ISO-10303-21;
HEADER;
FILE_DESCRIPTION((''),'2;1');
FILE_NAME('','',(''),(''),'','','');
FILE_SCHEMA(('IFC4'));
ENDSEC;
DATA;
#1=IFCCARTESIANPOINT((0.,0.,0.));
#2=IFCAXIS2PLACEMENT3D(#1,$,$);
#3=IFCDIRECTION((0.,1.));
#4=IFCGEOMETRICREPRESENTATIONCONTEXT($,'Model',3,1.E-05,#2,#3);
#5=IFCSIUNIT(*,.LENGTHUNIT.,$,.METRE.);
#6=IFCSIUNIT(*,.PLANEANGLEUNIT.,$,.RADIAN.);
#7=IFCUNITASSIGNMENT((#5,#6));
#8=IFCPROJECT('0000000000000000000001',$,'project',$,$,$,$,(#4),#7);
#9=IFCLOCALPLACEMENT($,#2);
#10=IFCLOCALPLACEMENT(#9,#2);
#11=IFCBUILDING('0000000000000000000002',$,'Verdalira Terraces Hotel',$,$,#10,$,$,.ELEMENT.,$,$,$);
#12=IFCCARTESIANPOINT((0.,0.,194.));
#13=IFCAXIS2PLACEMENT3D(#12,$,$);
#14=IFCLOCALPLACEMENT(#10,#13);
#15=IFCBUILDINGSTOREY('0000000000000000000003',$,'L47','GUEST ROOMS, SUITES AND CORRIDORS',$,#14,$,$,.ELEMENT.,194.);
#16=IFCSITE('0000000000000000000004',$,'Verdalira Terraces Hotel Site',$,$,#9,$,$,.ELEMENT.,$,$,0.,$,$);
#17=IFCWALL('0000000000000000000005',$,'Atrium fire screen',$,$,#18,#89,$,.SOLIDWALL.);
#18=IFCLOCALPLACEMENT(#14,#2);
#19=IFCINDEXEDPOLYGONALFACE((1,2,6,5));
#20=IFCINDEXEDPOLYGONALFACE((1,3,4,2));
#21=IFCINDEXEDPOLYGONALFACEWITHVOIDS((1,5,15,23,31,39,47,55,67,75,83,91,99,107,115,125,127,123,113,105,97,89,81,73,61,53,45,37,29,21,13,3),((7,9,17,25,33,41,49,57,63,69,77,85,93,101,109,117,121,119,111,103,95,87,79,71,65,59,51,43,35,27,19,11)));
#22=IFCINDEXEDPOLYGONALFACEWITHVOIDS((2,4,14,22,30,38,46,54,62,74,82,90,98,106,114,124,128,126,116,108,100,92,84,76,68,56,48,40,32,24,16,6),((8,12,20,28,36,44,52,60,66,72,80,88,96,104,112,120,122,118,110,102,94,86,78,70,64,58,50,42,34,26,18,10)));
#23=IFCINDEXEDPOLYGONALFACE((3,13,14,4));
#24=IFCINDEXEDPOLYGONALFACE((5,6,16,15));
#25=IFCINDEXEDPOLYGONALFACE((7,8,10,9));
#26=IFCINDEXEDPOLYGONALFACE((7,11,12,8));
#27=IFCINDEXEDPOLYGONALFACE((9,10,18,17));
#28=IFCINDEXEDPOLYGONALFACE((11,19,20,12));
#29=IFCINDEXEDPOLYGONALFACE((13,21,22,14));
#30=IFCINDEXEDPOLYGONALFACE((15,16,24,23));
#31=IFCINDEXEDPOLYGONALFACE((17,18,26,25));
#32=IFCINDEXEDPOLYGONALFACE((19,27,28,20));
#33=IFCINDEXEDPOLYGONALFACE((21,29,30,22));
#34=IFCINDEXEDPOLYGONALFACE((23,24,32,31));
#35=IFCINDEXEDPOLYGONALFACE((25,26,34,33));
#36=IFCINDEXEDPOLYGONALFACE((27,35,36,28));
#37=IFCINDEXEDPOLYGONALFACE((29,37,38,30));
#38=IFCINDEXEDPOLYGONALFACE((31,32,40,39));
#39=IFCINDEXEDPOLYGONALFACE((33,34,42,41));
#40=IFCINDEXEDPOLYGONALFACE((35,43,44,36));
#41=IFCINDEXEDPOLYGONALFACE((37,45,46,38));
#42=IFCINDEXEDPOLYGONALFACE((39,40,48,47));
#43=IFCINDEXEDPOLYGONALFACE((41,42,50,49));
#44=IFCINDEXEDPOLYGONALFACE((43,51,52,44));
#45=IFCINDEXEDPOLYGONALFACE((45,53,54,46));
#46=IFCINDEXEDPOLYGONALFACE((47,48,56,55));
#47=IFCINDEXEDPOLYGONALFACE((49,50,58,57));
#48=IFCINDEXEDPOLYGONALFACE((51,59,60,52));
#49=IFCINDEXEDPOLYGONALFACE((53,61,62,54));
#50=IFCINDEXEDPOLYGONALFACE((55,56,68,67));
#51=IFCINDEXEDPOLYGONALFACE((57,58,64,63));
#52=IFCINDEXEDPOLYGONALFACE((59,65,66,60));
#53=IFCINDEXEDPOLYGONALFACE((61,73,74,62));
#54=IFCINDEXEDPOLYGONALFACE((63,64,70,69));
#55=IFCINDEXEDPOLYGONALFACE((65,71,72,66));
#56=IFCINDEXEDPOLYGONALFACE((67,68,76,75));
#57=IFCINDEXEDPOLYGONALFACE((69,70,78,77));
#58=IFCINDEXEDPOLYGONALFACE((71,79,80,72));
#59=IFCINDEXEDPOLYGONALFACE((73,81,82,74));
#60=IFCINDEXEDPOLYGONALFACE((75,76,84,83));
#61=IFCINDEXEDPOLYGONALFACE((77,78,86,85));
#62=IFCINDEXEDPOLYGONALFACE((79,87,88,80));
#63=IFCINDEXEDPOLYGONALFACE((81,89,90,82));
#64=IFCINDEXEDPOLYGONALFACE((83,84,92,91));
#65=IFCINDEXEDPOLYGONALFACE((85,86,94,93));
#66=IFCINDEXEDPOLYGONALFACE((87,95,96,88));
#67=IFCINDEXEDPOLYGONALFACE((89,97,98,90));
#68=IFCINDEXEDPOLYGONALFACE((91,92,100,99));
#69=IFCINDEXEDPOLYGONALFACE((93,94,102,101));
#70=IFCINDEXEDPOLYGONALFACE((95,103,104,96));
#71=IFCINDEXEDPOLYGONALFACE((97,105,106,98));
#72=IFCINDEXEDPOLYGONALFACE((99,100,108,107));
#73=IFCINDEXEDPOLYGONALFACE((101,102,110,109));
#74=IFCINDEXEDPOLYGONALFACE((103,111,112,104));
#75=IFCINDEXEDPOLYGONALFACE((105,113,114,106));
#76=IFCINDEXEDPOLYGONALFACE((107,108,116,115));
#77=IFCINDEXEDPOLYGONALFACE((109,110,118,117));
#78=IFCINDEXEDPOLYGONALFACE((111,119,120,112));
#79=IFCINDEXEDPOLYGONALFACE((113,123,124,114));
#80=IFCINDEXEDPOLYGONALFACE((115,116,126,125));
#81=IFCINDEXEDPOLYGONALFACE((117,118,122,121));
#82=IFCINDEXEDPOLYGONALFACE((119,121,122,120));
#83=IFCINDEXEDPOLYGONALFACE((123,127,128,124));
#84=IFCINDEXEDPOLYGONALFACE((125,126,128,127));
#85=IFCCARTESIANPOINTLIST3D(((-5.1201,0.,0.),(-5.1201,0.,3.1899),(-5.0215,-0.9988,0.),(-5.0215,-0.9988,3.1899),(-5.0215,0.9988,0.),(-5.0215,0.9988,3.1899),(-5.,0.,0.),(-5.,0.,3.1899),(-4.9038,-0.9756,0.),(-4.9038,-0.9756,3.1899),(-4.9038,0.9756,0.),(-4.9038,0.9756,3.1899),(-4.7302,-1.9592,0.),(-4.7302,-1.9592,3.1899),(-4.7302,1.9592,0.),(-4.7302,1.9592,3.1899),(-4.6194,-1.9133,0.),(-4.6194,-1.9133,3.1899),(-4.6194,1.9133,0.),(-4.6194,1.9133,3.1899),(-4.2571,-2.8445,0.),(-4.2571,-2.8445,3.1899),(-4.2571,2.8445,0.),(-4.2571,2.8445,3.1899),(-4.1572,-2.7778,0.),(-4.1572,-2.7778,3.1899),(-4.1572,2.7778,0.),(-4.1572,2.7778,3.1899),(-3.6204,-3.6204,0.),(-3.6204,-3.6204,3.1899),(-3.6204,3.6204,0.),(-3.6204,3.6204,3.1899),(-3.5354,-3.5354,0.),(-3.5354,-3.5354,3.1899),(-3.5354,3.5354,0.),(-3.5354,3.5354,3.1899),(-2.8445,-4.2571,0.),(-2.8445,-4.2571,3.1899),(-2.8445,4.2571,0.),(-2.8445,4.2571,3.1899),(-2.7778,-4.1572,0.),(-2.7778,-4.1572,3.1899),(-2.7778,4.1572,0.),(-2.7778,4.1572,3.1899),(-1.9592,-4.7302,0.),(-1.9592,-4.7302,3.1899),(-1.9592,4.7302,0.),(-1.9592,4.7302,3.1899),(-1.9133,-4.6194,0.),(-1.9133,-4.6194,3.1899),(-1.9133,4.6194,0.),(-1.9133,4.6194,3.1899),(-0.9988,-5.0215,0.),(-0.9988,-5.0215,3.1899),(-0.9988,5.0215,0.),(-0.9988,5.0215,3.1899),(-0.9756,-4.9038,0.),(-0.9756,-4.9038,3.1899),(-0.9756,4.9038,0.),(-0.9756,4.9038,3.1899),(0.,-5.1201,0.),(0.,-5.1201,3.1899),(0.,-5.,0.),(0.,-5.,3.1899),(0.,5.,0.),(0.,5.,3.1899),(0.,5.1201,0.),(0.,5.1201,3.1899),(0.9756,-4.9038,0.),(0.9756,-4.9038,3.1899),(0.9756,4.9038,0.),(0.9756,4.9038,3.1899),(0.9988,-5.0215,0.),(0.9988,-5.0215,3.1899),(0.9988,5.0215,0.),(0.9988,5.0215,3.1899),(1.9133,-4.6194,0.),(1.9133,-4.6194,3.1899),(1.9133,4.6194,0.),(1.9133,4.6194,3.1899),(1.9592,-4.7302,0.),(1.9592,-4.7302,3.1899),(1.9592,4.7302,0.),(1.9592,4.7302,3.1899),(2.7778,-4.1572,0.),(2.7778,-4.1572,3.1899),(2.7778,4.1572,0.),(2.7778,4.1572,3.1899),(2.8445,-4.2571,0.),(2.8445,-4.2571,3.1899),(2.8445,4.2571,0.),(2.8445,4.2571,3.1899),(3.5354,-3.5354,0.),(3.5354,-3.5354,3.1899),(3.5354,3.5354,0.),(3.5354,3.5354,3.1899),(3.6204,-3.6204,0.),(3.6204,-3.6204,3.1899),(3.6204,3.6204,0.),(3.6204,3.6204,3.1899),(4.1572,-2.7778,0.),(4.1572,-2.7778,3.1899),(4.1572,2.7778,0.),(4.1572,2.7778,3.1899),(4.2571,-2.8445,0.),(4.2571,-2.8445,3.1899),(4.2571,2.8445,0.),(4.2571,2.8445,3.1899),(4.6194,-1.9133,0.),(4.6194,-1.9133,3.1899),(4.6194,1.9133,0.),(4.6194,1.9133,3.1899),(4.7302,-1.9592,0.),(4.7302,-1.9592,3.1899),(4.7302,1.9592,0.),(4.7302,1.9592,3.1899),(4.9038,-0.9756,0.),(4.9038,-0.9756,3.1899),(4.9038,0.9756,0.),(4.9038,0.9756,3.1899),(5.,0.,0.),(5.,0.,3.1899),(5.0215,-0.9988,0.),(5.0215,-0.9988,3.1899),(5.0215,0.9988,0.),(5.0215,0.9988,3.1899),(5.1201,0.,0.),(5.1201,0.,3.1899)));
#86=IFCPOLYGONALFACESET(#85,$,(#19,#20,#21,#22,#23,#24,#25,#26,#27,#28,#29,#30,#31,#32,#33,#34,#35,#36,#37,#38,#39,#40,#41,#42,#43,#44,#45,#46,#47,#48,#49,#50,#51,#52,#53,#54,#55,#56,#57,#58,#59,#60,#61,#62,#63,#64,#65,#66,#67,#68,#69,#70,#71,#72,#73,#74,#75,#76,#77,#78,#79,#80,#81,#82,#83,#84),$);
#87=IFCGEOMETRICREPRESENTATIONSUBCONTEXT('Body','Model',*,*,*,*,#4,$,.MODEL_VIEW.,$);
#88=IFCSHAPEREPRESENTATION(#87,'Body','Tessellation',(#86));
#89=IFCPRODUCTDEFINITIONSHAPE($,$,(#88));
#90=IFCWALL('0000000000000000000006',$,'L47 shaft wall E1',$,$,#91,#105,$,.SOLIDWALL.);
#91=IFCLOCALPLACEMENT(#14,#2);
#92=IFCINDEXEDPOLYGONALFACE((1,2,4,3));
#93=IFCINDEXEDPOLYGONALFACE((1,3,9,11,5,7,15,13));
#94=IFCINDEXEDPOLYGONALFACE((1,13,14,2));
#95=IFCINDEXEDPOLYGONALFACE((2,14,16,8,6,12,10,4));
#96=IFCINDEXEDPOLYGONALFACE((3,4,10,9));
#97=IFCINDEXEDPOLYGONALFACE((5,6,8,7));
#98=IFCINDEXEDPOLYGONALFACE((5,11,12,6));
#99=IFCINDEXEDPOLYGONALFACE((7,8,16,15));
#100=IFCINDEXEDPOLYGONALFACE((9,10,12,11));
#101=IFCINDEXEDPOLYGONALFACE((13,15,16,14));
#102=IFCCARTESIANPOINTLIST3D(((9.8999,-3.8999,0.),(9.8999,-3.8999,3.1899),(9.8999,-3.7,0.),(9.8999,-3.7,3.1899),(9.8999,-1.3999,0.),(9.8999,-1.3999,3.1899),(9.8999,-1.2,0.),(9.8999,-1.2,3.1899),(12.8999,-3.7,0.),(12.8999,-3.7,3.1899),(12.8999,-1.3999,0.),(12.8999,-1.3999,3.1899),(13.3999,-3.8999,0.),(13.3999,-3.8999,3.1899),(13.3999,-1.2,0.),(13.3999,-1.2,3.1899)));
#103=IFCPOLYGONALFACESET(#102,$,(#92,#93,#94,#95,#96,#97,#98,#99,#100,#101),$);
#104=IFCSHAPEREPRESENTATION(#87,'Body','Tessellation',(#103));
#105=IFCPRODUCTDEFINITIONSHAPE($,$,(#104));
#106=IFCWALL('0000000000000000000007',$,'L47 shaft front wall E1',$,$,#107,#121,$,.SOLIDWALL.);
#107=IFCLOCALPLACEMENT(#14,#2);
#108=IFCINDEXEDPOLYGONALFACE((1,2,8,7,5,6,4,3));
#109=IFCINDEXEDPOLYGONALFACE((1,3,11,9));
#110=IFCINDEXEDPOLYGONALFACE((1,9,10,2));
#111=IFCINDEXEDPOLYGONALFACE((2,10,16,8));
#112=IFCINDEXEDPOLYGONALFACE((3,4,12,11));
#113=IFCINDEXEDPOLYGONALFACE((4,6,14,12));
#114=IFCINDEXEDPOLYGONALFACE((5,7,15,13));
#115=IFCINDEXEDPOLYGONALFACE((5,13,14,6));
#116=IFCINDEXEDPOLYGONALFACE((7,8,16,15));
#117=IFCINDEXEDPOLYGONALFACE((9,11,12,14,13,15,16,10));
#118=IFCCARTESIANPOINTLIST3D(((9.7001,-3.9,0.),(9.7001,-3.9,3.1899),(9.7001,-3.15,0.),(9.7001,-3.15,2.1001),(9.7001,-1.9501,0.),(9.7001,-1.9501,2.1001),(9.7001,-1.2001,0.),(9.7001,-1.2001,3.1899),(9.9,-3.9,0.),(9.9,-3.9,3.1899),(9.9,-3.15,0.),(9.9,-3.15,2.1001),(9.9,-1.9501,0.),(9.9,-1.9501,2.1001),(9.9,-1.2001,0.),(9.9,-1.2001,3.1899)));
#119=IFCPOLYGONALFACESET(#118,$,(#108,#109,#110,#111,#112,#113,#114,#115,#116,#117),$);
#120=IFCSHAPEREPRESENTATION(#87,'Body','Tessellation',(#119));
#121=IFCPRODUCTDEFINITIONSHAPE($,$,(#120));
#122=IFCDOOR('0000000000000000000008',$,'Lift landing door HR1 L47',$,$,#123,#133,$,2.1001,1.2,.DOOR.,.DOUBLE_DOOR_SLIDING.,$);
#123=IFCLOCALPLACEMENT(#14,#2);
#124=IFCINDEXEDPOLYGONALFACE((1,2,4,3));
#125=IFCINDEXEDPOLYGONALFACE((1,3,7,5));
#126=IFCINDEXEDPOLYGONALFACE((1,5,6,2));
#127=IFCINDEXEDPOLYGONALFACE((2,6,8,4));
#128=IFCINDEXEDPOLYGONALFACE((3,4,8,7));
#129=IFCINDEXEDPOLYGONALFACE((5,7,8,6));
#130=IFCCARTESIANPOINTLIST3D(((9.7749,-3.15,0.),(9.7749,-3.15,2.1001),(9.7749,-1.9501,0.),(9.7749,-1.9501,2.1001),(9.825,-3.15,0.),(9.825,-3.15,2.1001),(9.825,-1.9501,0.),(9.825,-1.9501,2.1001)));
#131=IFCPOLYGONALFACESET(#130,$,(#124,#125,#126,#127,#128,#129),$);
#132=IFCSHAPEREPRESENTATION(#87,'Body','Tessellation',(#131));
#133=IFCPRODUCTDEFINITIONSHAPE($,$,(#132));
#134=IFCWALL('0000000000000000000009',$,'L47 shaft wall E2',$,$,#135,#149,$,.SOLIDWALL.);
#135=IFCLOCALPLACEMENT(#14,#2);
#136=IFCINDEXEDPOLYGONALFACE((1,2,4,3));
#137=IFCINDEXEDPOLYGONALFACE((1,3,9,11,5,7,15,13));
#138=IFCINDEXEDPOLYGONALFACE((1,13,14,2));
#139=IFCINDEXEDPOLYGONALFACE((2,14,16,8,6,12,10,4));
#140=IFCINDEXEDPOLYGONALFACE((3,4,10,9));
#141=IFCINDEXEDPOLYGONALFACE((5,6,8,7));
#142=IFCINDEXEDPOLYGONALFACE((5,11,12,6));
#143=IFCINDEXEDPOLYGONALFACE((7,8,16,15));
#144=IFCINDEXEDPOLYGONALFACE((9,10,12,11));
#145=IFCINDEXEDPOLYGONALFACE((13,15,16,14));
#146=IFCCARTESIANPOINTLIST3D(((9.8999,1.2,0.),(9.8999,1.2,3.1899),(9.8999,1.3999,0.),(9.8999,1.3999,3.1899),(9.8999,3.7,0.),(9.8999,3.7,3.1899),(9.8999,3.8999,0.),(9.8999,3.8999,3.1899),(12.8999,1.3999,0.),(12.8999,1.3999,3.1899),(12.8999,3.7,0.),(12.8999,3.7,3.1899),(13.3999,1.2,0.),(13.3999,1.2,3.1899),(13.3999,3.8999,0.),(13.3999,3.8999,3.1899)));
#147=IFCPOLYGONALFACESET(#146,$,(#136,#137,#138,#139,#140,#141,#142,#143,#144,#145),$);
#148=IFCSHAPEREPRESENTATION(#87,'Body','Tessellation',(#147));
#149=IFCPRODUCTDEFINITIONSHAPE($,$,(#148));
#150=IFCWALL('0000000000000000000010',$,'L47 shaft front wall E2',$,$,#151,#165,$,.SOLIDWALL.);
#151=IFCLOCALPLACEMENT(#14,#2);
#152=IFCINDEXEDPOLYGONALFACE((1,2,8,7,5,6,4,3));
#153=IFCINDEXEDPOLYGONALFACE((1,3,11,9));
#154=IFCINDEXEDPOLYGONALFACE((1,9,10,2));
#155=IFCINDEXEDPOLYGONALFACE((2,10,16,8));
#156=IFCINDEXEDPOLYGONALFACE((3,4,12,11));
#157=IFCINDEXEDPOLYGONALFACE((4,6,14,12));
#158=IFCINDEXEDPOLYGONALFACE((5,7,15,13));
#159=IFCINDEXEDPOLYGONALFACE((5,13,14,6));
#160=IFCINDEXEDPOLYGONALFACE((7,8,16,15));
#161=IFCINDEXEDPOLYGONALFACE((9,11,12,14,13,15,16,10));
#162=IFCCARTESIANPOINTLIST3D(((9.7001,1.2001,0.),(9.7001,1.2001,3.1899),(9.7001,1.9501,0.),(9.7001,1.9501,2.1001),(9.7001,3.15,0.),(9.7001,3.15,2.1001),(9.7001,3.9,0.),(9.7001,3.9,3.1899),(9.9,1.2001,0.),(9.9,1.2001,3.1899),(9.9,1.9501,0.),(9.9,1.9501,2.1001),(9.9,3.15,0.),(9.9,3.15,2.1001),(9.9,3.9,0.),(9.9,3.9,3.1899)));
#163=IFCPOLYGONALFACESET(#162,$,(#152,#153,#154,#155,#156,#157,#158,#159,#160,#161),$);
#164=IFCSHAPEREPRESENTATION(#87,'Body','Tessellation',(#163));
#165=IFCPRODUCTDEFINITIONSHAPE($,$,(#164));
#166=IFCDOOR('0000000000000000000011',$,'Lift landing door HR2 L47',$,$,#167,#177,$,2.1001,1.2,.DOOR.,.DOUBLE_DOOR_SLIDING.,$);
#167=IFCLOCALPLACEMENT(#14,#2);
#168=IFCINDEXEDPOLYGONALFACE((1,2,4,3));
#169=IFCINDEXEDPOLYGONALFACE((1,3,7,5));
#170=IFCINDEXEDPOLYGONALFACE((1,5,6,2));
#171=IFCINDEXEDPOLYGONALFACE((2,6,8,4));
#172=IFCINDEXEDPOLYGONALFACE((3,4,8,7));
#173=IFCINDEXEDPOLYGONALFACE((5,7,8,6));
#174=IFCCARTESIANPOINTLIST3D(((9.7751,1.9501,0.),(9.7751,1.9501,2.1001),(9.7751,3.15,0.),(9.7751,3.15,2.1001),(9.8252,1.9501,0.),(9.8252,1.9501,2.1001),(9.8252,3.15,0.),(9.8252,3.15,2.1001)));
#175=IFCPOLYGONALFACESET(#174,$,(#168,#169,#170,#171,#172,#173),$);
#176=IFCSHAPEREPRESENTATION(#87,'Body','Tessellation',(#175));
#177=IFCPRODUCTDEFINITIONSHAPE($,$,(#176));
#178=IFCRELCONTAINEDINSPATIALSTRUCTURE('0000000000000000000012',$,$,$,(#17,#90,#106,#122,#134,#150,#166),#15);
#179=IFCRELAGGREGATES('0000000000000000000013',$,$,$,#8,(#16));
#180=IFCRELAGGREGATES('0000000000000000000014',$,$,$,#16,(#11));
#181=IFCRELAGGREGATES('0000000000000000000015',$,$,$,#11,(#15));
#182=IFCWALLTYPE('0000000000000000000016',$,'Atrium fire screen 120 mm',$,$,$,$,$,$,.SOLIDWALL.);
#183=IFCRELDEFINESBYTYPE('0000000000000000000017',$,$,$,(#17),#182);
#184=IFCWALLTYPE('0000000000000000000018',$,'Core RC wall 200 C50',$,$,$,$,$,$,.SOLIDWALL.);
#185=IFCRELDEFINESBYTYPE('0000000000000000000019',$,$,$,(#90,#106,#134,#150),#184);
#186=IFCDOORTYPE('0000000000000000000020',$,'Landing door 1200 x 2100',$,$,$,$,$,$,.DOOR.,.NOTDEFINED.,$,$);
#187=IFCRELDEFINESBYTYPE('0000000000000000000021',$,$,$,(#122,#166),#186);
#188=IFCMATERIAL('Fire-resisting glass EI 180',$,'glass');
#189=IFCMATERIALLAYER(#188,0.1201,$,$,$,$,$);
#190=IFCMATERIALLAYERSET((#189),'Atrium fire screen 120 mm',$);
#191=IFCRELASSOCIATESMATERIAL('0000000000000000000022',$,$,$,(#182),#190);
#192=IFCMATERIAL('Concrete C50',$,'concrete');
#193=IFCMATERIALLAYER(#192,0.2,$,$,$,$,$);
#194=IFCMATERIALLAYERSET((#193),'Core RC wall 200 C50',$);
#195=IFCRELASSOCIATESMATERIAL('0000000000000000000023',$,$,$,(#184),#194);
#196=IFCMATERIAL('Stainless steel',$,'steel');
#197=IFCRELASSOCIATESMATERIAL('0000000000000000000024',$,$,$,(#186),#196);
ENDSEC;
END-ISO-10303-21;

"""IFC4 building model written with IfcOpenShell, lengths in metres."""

from ifc_helpers import new_model, si_unit, direction, frame, frame_2d, origin, place, context, subcontext, project, spatial, polyline, rectangle, outline, extrude, material, layer, layer_set, type_object, element, fill, save


model = new_model("IFC4")

# Units and contexts
model_context = context("Model", 3, precision=1e-05, world=origin(), true_north=direction((0.0, 1.0)))
body_context = subcontext(model_context, "Body", "Model", "MODEL_VIEW")
ifc_project = project(units=[si_unit("LENGTHUNIT", "METRE"), si_unit("PLANEANGLEUNIT", "RADIAN")], contexts=[model_context])

# Site, building, storey
site_placement = place(None, origin())
site = spatial("IfcSite", under=ifc_project, at=site_placement, Name="Verdalira Terraces Hotel Site", CompositionType="ELEMENT", RefElevation=0.0)
building_placement = place(site_placement, origin())
building = spatial("IfcBuilding", under=site, at=building_placement, Name="Verdalira Terraces Hotel", CompositionType="ELEMENT")
storey_placement = place(building_placement, frame((0.0, 0.0, 194.0)))
storey = spatial("IfcBuildingStorey", under=building, at=storey_placement, Name="L47", Description="GUEST ROOMS, SUITES AND CORRIDORS", CompositionType="ELEMENT", Elevation=194.0)

# Walls
ifc_material_1 = material(Name="Fire-resisting glass EI 180", Category="glass")
ifc_layer_1 = layer(ifc_material_1, 0.1201)
ifc_layer_set_1 = layer_set([ifc_layer_1], Name="Atrium fire screen 120 mm")
wall_type_1 = type_object("IfcWallType", Name="Atrium fire screen 120 mm", PredefinedType="SOLIDWALL", material=ifc_layer_set_1)
wall_1_placement = place(storey_placement, origin())
element("IfcWall", 1, at=wall_1_placement, inside=storey, type_object=wall_type_1, Name="Atrium fire screen", PredefinedType="SOLIDWALL", context=body_context, shape_type="SweptSolid", body=[
    extrude(outline(polyline([(5.0215, -0.9988), (4.7302, -1.9592), (4.2571, -2.8445), (3.6204, -3.6204), (2.8445, -4.2571), (1.9592, -4.7302), (0.9988, -5.0215), (0.0, -5.1201), (-0.9988, -5.0215), (-1.9592, -4.7302), (-2.8445, -4.2571), (-3.6204, -3.6204), (-4.2571, -2.8445), (-4.7302, -1.9592), (-5.0215, -0.9988), (-5.1201, 0.0), (-5.0215, 0.9988), (-4.7302, 1.9592), (-4.2571, 2.8445), (-3.6204, 3.6204), (-2.8445, 4.2571), (-1.9592, 4.7302), (-0.9988, 5.0215), (0.0, 5.1201), (0.9988, 5.0215), (1.9592, 4.7302), (2.8445, 4.2571), (3.6204, 3.6204), (4.2571, 2.8445), (4.7302, 1.9592), (5.0215, 0.9988), (5.1201, 0.0), (5.0215, -0.9988)]), holes=[polyline([(4.9038, 0.9756), (4.6194, 1.9133), (4.1572, 2.7778), (3.5354, 3.5354), (2.7778, 4.1572), (1.9133, 4.6194), (0.9756, 4.9038), (0.0, 5.0), (-0.9756, 4.9038), (-1.9133, 4.6194), (-2.7778, 4.1572), (-3.5354, 3.5354), (-4.1572, 2.7778), (-4.6194, 1.9133), (-4.9038, 0.9756), (-5.0, 0.0), (-4.9038, -0.9756), (-4.6194, -1.9133), (-4.1572, -2.7778), (-3.5354, -3.5354), (-2.7778, -4.1572), (-1.9133, -4.6194), (-0.9756, -4.9038), (0.0, -5.0), (0.9756, -4.9038), (1.9133, -4.6194), (2.7778, -4.1572), (3.5354, -3.5354), (4.1572, -2.7778), (4.6194, -1.9133), (4.9038, -0.9756), (5.0, 0.0), (4.9038, 0.9756)])]), origin(), (0.0, 0.0, 1.0), 3.1899),
])
ifc_material_2 = material(Name="Concrete C50", Category="concrete")
ifc_layer_2 = layer(ifc_material_2, 0.2)
ifc_layer_set_2 = layer_set([ifc_layer_2], Name="Core RC wall 200 C50")
wall_type_2 = type_object("IfcWallType", Name="Core RC wall 200 C50", PredefinedType="SOLIDWALL", material=ifc_layer_set_2)
wall_2_placement = place(storey_placement, origin())
element("IfcWall", 2, at=wall_2_placement, inside=storey, type_object=wall_type_2, Name="L47 shaft wall E1", PredefinedType="SOLIDWALL", context=body_context, shape_type="SweptSolid", body=[
    extrude(outline(polyline([(13.3999, -3.8999), (9.8999, -3.8999), (9.8999, -3.7), (12.8999, -3.7), (12.8999, -1.3999), (9.8999, -1.3999), (9.8999, -1.2), (13.3999, -1.2), (13.3999, -3.8999)])), origin(), (0.0, 0.0, 1.0), 3.1899),
])

# Wall, opening, door
wall_3_placement = place(storey_placement, frame((9.8, -1.2, 0.0), z_axis=(0.0, 0.0, 1.0), x_axis=(0.0, -1.0, 0.0)))
wall_3 = element("IfcWall", 3, at=wall_3_placement, inside=storey, type_object=wall_type_2, Name="L47 shaft front wall E1", PredefinedType="SOLIDWALL", context=body_context, shape_type="SweptSolid", body=[
    extrude(rectangle(XDim=2.7, YDim=0.2, at=frame_2d((1.3501, 0.0))), origin(), (0.0, 0.0, 1.0), 3.1899),
])
opening_1_placement = place(wall_3_placement, frame((0.75, 0.0, 0.0)))
opening_1 = element("IfcOpeningElement", 4, at=opening_1_placement, cuts=wall_3, PredefinedType="OPENING", context=body_context, shape_type="SweptSolid", body=[
    extrude(rectangle(XDim=1.2, YDim=2.1001, at=frame_2d((0.6001, 1.05))), frame((0.0, 0.1099, 0.0), z_axis=(0.0, -1.0, 0.0), x_axis=(1.0, 0.0, 0.0)), (0.0, 0.0, 1.0), 0.22),
])
ifc_material_3 = material(Name="Stainless steel", Category="steel")
door_type_1 = type_object("IfcDoorType", Name="Landing door 1200 x 2100", OperationType="NOTDEFINED", PredefinedType="DOOR", material=ifc_material_3)
door_1_placement = place(opening_1_placement, origin())
door_1 = element("IfcDoor", 5, at=door_1_placement, inside=storey, type_object=door_type_1, Name="Lift landing door HR1 L47", OperationType="DOUBLE_DOOR_SLIDING", OverallHeight=2.1001, OverallWidth=1.2, PredefinedType="DOOR", context=body_context, shape_type="SweptSolid", body=[
    extrude(rectangle(XDim=1.2, YDim=2.1001, at=frame_2d((0.6001, 1.05))), frame((0.0, 0.0249, 0.0), z_axis=(0.0, -1.0, 0.0), x_axis=(1.0, 0.0, 0.0)), (0.0, 0.0, 1.0), 0.05),
])
fill(opening_1, door_1)

# Wall
wall_4_placement = place(storey_placement, origin())
element("IfcWall", 6, at=wall_4_placement, inside=storey, type_object=wall_type_2, Name="L47 shaft wall E2", PredefinedType="SOLIDWALL", context=body_context, shape_type="SweptSolid", body=[
    extrude(outline(polyline([(13.3999, 3.8999), (13.3999, 1.2), (9.8999, 1.2), (9.8999, 1.3999), (12.8999, 1.3999), (12.8999, 3.7), (9.8999, 3.7), (9.8999, 3.8999), (13.3999, 3.8999)])), origin(), (0.0, 0.0, 1.0), 3.1899),
])

# Wall, opening, door
wall_5_placement = place(storey_placement, frame((9.8, 1.2, 0.0), z_axis=(0.0, 0.0, 1.0), x_axis=(0.0, 1.0, 0.0)))
wall_5 = element("IfcWall", 7, at=wall_5_placement, inside=storey, type_object=wall_type_2, Name="L47 shaft front wall E2", PredefinedType="SOLIDWALL", context=body_context, shape_type="SweptSolid", body=[
    extrude(rectangle(XDim=2.7, YDim=0.2, at=frame_2d((1.3501, 0.0))), origin(), (0.0, 0.0, 1.0), 3.1899),
])
opening_2_placement = place(wall_5_placement, frame((0.75, 0.0, 0.0)))
opening_2 = element("IfcOpeningElement", 8, at=opening_2_placement, cuts=wall_5, PredefinedType="OPENING", context=body_context, shape_type="SweptSolid", body=[
    extrude(rectangle(XDim=1.2, YDim=2.1001, at=frame_2d((0.6001, 1.05))), frame((0.0, 0.1099, 0.0), z_axis=(0.0, -1.0, 0.0), x_axis=(1.0, 0.0, 0.0)), (0.0, 0.0, 1.0), 0.22),
])
door_2_placement = place(opening_2_placement, origin())
door_2 = element("IfcDoor", 9, at=door_2_placement, inside=storey, type_object=door_type_1, Name="Lift landing door HR2 L47", OperationType="DOUBLE_DOOR_SLIDING", OverallHeight=2.1001, OverallWidth=1.2, PredefinedType="DOOR", context=body_context, shape_type="SweptSolid", body=[
    extrude(rectangle(XDim=1.2, YDim=2.1001, at=frame_2d((0.6001, 1.05))), frame((0.0, 0.0249, 0.0), z_axis=(0.0, -1.0, 0.0), x_axis=(1.0, 0.0, 0.0)), (0.0, 0.0, 1.0), 0.05),
])
fill(opening_2, door_2)

save(model, "model.ifc")
